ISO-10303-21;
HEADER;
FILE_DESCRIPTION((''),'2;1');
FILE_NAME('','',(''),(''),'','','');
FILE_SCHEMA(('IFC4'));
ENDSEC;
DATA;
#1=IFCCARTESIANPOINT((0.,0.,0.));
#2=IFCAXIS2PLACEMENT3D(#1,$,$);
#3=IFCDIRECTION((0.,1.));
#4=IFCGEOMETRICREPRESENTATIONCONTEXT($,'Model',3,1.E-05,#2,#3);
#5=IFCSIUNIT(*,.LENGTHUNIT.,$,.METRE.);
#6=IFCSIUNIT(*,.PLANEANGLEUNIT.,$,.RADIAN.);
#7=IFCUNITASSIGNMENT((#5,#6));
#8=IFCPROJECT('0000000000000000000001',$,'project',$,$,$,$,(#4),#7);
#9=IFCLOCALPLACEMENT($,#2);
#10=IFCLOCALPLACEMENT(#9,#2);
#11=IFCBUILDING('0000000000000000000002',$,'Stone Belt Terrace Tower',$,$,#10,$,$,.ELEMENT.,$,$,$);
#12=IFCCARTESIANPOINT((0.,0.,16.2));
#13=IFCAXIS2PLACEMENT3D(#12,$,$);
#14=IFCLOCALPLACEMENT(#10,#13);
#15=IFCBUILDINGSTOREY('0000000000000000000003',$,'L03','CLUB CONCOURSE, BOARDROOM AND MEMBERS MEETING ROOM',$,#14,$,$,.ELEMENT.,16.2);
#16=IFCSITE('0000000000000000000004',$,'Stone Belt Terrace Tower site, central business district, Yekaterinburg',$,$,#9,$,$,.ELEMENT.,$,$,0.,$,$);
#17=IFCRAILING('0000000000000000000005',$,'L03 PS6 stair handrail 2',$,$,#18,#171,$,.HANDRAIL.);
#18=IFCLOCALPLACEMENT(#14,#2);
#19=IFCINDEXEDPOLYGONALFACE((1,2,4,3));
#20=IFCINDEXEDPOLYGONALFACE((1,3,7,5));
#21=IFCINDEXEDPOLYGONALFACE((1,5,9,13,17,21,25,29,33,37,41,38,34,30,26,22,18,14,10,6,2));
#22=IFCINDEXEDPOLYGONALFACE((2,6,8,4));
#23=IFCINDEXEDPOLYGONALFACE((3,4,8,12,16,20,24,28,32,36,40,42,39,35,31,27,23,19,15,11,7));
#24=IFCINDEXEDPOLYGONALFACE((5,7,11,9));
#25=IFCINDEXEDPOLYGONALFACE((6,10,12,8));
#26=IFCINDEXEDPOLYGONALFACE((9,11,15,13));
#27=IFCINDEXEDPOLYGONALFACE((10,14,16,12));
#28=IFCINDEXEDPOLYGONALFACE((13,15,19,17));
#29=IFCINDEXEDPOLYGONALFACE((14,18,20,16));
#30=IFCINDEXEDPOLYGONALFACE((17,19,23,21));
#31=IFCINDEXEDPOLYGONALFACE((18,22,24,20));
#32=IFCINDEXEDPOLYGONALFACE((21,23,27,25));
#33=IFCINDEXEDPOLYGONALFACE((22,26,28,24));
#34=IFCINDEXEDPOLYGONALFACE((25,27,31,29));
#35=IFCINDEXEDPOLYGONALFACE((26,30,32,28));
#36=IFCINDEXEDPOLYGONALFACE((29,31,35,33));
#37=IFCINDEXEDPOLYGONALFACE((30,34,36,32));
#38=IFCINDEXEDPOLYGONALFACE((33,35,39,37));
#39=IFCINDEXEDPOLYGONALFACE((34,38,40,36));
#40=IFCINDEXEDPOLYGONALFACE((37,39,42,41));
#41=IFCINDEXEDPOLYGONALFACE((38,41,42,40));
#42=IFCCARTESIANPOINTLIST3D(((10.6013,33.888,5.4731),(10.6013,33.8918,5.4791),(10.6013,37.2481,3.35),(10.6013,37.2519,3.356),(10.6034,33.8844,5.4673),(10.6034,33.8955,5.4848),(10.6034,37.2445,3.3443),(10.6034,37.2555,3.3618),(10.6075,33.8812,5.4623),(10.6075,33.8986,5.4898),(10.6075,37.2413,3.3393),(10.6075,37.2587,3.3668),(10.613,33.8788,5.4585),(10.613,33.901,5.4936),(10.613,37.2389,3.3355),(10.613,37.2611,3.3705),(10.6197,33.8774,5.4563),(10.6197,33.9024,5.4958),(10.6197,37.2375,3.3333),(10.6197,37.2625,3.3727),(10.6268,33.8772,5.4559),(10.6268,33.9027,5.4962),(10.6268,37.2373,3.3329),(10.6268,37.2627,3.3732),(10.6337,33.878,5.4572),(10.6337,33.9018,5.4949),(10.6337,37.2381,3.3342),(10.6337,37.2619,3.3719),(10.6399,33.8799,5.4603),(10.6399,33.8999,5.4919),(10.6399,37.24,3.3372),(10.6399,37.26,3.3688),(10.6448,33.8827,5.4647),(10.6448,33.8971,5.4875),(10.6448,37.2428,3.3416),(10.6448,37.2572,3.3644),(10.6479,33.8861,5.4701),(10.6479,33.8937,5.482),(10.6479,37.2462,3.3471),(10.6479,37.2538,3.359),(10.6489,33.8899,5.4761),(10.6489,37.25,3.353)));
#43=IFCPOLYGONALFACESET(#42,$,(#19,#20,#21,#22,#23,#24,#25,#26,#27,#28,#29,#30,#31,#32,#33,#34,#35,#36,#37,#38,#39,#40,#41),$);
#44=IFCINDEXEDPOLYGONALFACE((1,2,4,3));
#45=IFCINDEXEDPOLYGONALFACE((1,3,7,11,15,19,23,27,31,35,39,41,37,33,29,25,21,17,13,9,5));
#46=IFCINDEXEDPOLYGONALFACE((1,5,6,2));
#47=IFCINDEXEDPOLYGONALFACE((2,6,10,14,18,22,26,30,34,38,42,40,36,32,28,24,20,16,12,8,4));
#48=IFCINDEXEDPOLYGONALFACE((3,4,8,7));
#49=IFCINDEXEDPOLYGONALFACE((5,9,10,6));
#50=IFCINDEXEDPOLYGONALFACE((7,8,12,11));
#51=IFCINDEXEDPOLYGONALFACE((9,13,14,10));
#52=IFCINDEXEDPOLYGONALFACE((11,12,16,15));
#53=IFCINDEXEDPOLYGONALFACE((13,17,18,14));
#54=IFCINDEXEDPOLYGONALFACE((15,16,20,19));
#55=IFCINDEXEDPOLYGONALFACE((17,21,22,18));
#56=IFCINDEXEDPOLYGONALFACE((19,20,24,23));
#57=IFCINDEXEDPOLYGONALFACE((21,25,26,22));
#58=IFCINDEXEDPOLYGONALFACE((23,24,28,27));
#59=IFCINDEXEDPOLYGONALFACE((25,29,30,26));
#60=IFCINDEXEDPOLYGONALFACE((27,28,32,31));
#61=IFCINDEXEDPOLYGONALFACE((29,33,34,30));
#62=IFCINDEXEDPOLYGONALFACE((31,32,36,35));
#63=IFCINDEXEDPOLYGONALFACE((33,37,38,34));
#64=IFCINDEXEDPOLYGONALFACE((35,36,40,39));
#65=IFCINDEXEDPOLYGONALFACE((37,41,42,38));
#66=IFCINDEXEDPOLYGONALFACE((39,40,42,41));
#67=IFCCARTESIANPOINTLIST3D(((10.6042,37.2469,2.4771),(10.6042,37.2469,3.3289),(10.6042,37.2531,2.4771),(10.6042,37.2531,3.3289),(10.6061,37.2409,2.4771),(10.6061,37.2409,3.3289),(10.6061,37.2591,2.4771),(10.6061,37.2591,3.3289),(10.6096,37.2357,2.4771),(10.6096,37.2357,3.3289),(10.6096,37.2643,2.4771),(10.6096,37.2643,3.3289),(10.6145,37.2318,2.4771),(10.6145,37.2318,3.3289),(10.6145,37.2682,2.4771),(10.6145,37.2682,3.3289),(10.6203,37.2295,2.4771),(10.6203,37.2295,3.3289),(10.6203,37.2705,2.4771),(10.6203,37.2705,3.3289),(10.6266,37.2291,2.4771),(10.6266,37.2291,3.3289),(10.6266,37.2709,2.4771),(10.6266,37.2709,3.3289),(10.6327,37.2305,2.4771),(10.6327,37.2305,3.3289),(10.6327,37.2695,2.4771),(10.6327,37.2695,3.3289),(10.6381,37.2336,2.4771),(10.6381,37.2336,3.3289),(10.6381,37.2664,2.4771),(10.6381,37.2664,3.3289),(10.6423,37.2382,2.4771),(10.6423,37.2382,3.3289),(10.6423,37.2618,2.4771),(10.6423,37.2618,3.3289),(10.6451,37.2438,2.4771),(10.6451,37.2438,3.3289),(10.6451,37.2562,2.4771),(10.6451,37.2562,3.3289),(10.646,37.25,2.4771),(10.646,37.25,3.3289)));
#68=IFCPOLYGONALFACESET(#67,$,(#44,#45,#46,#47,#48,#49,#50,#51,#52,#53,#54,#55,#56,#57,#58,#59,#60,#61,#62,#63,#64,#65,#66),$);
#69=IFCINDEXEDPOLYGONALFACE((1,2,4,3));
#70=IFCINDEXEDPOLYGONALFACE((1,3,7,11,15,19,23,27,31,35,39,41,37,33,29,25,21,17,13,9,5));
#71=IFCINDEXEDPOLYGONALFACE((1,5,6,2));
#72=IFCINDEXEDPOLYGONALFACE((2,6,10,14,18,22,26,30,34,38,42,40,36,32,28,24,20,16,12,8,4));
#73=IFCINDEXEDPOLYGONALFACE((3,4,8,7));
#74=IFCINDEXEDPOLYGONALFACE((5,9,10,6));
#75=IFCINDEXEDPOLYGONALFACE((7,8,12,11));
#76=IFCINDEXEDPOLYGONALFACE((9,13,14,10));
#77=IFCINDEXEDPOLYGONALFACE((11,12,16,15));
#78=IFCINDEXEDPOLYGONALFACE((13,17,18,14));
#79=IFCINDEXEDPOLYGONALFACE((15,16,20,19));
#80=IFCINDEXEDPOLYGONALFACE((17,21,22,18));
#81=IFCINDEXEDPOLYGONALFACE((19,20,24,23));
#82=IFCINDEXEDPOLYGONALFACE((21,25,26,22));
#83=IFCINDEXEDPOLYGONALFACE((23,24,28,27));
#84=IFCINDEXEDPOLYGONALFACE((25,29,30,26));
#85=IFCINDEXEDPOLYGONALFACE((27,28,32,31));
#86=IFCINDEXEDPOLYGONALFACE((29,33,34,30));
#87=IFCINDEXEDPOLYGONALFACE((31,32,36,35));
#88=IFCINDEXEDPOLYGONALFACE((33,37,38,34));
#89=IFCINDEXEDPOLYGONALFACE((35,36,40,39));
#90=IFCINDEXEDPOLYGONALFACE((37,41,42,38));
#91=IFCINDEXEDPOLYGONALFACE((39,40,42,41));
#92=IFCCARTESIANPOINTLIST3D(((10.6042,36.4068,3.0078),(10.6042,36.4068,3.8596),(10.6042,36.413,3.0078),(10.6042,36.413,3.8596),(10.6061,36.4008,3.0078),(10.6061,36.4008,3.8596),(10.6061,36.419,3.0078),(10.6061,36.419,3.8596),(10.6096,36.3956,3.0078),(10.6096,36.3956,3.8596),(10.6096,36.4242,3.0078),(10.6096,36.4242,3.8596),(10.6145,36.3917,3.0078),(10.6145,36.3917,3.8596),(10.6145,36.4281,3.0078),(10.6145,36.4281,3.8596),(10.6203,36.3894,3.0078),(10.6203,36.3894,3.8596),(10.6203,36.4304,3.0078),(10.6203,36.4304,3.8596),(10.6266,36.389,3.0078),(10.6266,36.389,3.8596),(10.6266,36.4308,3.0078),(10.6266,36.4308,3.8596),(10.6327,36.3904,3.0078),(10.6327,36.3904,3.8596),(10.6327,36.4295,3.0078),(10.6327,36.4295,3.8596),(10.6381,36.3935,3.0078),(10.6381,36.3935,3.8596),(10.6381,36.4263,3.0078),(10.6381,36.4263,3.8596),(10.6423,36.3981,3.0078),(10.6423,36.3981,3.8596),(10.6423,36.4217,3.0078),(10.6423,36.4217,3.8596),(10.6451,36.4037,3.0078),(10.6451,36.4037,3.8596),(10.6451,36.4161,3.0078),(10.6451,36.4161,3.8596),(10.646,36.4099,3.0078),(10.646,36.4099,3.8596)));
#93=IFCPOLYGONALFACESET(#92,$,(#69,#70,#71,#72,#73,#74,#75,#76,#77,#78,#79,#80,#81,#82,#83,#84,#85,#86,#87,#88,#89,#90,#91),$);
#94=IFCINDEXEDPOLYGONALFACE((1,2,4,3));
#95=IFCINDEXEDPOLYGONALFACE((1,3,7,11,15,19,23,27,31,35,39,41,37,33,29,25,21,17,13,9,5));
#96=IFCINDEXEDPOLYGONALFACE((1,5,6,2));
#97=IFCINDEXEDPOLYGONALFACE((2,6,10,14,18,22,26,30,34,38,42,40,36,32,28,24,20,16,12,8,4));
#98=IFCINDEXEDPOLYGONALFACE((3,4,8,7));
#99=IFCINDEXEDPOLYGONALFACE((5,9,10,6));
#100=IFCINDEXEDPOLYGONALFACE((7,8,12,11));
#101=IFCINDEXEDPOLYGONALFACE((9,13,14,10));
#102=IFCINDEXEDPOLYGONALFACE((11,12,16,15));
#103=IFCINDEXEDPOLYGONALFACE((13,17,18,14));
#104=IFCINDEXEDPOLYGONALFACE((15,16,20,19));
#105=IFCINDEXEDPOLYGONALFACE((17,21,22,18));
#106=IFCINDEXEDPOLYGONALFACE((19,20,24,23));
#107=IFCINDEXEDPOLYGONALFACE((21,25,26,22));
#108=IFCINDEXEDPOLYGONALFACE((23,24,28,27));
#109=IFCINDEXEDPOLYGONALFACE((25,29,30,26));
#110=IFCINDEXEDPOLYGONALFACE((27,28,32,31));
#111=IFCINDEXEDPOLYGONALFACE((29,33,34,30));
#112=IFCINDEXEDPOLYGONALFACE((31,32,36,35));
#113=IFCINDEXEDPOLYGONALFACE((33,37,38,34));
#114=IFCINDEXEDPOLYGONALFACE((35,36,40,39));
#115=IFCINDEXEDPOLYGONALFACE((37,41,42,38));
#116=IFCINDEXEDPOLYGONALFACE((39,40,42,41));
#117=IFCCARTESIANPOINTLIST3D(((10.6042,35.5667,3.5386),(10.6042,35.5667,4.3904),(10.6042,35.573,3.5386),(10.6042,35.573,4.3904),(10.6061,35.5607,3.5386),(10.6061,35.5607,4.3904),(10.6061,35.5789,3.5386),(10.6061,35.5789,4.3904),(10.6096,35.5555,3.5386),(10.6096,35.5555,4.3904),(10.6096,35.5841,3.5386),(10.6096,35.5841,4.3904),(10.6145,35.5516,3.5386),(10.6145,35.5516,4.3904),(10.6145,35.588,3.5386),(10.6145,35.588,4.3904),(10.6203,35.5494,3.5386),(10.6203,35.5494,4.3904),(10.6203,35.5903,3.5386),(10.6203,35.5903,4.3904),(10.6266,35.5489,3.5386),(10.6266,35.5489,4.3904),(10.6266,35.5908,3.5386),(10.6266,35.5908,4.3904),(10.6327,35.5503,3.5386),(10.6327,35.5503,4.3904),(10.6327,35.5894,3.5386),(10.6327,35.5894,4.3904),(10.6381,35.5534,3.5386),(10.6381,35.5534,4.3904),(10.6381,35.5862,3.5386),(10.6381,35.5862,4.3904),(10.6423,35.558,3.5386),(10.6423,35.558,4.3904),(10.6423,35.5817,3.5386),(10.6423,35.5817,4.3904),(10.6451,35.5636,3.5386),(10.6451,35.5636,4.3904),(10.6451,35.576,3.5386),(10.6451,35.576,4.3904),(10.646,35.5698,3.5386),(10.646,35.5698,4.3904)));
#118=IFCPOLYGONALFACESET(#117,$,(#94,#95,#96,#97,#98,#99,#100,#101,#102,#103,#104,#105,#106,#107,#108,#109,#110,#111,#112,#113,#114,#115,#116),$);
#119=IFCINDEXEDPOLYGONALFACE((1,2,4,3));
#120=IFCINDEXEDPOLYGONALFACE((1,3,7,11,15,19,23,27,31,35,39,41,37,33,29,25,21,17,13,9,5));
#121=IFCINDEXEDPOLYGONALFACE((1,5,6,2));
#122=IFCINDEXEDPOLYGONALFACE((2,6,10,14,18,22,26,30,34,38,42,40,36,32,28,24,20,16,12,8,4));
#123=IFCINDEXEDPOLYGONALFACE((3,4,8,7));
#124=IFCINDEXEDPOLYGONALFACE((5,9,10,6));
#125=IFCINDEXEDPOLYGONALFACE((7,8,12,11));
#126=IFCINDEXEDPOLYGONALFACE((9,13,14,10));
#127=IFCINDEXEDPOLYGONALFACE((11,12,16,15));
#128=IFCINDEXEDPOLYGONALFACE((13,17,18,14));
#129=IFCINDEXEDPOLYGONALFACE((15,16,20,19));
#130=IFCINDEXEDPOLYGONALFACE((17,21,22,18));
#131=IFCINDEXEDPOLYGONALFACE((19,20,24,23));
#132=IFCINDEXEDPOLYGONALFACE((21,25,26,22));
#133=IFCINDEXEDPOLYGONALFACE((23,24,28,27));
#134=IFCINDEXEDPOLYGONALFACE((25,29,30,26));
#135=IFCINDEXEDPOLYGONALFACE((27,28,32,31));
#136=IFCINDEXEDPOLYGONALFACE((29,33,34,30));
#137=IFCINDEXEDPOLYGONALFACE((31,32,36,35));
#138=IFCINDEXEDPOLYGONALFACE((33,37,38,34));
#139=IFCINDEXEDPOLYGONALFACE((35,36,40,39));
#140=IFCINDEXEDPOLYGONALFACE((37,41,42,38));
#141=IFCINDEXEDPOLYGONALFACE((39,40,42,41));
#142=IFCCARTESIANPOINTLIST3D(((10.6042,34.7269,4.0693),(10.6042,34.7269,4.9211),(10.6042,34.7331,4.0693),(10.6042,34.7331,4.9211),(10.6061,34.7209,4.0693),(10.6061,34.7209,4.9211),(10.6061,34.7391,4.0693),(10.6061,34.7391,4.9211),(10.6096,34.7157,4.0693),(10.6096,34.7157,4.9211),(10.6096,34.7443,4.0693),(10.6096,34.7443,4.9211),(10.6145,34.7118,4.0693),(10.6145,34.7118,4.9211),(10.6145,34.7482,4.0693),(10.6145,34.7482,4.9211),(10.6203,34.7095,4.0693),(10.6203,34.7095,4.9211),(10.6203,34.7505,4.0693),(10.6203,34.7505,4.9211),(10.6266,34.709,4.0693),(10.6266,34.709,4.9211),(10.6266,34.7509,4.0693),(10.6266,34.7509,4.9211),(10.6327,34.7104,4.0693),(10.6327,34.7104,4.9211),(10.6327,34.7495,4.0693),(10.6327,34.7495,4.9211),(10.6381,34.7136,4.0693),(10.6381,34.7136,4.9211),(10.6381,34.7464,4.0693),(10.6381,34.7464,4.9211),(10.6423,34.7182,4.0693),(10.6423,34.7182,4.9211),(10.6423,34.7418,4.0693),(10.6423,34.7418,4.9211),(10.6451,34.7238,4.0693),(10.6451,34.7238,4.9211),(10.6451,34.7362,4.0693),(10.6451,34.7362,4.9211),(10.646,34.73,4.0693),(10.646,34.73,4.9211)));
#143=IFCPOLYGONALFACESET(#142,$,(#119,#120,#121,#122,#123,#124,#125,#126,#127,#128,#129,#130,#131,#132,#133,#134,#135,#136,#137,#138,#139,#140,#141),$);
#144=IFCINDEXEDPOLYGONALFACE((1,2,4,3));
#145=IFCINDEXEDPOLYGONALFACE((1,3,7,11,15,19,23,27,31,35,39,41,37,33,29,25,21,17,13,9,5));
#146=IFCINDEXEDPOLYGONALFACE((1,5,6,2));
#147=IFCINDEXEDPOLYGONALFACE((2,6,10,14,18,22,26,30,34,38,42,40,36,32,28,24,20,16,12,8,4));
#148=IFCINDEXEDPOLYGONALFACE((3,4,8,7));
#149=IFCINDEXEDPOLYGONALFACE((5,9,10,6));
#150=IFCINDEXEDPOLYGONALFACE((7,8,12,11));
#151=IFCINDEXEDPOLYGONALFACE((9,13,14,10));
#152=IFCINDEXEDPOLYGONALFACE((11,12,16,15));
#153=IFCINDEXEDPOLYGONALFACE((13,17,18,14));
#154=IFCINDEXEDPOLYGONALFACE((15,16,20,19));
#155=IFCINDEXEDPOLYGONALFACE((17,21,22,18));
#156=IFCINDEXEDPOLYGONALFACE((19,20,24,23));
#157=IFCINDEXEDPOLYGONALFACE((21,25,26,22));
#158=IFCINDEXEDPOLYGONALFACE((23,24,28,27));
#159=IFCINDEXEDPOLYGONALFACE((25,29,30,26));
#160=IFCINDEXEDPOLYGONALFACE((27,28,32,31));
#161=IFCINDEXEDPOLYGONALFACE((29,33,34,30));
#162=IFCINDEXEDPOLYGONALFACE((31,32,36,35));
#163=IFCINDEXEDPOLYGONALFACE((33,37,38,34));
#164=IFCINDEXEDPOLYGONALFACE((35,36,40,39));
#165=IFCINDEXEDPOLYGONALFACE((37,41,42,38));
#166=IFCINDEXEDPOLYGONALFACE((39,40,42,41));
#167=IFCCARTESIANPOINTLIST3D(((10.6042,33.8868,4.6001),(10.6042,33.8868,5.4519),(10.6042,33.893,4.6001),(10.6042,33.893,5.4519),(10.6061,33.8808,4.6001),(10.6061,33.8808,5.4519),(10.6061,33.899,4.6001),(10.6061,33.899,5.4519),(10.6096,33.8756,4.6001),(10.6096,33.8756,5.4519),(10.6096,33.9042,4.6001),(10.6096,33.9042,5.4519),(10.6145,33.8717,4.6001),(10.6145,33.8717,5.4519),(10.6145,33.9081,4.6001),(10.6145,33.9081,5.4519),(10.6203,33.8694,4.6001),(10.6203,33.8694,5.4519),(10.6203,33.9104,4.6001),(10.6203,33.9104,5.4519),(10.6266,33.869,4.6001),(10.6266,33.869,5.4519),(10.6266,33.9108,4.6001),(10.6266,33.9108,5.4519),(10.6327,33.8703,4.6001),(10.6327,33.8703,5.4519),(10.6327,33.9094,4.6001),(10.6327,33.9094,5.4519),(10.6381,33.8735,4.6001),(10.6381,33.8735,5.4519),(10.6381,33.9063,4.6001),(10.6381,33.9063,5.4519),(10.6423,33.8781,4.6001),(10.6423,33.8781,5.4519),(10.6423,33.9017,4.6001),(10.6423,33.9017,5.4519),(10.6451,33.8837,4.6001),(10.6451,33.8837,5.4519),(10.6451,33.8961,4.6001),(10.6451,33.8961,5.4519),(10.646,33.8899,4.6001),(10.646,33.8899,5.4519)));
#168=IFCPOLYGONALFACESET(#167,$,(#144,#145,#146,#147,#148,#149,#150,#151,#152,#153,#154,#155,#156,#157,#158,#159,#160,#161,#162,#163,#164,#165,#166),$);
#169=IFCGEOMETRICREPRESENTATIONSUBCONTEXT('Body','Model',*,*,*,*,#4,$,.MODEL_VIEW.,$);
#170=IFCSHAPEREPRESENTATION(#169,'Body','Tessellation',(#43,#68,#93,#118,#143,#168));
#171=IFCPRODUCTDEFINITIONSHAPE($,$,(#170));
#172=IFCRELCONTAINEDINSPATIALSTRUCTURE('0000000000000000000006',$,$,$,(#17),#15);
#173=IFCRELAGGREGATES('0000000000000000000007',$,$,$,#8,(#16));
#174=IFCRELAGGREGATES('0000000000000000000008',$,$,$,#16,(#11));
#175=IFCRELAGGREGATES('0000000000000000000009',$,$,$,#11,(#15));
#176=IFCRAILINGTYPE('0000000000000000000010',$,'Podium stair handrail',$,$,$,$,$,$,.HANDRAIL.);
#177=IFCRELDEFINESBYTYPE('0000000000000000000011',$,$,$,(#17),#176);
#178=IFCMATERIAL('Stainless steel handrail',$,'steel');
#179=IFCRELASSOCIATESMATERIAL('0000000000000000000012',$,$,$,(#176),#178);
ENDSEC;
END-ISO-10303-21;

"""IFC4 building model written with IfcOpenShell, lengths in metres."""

from ifc_helpers import new_model, si_unit, direction, frame, origin, origin_2d, place, context, subcontext, project, spatial, circle, extrude, material, type_object, element, save


model = new_model("IFC4")

# Units and contexts
model_context = context("Model", 3, precision=1e-05, world=origin(), true_north=direction((0.0, 1.0)))
body_context = subcontext(model_context, "Body", "Model", "MODEL_VIEW")
ifc_project = project(units=[si_unit("LENGTHUNIT", "METRE"), si_unit("PLANEANGLEUNIT", "RADIAN")], contexts=[model_context])

# Site, building, storey
site_placement = place(None, origin())
site = spatial("IfcSite", under=ifc_project, at=site_placement, Name="Stone Belt Terrace Tower site, central business district, Yekaterinburg", CompositionType="ELEMENT", RefElevation=0.0)
building_placement = place(site_placement, origin())
building = spatial("IfcBuilding", under=site, at=building_placement, Name="Stone Belt Terrace Tower", CompositionType="ELEMENT")
storey_placement = place(building_placement, frame((0.0, 0.0, 16.2)))
storey = spatial("IfcBuildingStorey", under=building, at=storey_placement, Name="L03", Description="CLUB CONCOURSE, BOARDROOM AND MEMBERS MEETING ROOM", CompositionType="ELEMENT", Elevation=16.2)

# Railing
ifc_material_1 = material(Name="Stainless steel handrail", Category="steel")
railing_type_1 = type_object("IfcRailingType", Name="Podium stair handrail", PredefinedType="HANDRAIL", material=ifc_material_1)
railing_1_placement = place(storey_placement, frame((10.625, 37.25, 2.4771)))
element("IfcRailing", 1, at=railing_1_placement, inside=storey, type_object=railing_type_1, Name="L03 PS6 stair handrail 2", PredefinedType="HANDRAIL", context=body_context, shape_type="SweptSolid", body=[
    extrude(circle(Radius=0.0239, at=origin_2d()), frame((0.0, 0.0, 0.876), z_axis=(0.0, -0.84539, 0.53415), x_axis=(1.0, 0.0, 0.0)), (0.0, 0.0, 1.0), 3.9746),
    extrude(circle(Radius=0.021, at=origin_2d()), origin(), (0.0, 0.0, 1.0), 0.8518),
    extrude(circle(Radius=0.021, at=origin_2d()), frame((0.0, -0.8401, 0.5308)), (0.0, 0.0, 1.0), 0.8518),
    extrude(circle(Radius=0.021, at=origin_2d()), frame((0.0, -1.6802, 1.0615)), (0.0, 0.0, 1.0), 0.8518),
    extrude(circle(Radius=0.021, at=origin_2d()), frame((0.0, -2.52, 1.5923)), (0.0, 0.0, 1.0), 0.8518),
    extrude(circle(Radius=0.021, at=origin_2d()), frame((0.0, -3.3601, 2.123)), (0.0, 0.0, 1.0), 0.8518),
])

save(model, "model.ifc")
